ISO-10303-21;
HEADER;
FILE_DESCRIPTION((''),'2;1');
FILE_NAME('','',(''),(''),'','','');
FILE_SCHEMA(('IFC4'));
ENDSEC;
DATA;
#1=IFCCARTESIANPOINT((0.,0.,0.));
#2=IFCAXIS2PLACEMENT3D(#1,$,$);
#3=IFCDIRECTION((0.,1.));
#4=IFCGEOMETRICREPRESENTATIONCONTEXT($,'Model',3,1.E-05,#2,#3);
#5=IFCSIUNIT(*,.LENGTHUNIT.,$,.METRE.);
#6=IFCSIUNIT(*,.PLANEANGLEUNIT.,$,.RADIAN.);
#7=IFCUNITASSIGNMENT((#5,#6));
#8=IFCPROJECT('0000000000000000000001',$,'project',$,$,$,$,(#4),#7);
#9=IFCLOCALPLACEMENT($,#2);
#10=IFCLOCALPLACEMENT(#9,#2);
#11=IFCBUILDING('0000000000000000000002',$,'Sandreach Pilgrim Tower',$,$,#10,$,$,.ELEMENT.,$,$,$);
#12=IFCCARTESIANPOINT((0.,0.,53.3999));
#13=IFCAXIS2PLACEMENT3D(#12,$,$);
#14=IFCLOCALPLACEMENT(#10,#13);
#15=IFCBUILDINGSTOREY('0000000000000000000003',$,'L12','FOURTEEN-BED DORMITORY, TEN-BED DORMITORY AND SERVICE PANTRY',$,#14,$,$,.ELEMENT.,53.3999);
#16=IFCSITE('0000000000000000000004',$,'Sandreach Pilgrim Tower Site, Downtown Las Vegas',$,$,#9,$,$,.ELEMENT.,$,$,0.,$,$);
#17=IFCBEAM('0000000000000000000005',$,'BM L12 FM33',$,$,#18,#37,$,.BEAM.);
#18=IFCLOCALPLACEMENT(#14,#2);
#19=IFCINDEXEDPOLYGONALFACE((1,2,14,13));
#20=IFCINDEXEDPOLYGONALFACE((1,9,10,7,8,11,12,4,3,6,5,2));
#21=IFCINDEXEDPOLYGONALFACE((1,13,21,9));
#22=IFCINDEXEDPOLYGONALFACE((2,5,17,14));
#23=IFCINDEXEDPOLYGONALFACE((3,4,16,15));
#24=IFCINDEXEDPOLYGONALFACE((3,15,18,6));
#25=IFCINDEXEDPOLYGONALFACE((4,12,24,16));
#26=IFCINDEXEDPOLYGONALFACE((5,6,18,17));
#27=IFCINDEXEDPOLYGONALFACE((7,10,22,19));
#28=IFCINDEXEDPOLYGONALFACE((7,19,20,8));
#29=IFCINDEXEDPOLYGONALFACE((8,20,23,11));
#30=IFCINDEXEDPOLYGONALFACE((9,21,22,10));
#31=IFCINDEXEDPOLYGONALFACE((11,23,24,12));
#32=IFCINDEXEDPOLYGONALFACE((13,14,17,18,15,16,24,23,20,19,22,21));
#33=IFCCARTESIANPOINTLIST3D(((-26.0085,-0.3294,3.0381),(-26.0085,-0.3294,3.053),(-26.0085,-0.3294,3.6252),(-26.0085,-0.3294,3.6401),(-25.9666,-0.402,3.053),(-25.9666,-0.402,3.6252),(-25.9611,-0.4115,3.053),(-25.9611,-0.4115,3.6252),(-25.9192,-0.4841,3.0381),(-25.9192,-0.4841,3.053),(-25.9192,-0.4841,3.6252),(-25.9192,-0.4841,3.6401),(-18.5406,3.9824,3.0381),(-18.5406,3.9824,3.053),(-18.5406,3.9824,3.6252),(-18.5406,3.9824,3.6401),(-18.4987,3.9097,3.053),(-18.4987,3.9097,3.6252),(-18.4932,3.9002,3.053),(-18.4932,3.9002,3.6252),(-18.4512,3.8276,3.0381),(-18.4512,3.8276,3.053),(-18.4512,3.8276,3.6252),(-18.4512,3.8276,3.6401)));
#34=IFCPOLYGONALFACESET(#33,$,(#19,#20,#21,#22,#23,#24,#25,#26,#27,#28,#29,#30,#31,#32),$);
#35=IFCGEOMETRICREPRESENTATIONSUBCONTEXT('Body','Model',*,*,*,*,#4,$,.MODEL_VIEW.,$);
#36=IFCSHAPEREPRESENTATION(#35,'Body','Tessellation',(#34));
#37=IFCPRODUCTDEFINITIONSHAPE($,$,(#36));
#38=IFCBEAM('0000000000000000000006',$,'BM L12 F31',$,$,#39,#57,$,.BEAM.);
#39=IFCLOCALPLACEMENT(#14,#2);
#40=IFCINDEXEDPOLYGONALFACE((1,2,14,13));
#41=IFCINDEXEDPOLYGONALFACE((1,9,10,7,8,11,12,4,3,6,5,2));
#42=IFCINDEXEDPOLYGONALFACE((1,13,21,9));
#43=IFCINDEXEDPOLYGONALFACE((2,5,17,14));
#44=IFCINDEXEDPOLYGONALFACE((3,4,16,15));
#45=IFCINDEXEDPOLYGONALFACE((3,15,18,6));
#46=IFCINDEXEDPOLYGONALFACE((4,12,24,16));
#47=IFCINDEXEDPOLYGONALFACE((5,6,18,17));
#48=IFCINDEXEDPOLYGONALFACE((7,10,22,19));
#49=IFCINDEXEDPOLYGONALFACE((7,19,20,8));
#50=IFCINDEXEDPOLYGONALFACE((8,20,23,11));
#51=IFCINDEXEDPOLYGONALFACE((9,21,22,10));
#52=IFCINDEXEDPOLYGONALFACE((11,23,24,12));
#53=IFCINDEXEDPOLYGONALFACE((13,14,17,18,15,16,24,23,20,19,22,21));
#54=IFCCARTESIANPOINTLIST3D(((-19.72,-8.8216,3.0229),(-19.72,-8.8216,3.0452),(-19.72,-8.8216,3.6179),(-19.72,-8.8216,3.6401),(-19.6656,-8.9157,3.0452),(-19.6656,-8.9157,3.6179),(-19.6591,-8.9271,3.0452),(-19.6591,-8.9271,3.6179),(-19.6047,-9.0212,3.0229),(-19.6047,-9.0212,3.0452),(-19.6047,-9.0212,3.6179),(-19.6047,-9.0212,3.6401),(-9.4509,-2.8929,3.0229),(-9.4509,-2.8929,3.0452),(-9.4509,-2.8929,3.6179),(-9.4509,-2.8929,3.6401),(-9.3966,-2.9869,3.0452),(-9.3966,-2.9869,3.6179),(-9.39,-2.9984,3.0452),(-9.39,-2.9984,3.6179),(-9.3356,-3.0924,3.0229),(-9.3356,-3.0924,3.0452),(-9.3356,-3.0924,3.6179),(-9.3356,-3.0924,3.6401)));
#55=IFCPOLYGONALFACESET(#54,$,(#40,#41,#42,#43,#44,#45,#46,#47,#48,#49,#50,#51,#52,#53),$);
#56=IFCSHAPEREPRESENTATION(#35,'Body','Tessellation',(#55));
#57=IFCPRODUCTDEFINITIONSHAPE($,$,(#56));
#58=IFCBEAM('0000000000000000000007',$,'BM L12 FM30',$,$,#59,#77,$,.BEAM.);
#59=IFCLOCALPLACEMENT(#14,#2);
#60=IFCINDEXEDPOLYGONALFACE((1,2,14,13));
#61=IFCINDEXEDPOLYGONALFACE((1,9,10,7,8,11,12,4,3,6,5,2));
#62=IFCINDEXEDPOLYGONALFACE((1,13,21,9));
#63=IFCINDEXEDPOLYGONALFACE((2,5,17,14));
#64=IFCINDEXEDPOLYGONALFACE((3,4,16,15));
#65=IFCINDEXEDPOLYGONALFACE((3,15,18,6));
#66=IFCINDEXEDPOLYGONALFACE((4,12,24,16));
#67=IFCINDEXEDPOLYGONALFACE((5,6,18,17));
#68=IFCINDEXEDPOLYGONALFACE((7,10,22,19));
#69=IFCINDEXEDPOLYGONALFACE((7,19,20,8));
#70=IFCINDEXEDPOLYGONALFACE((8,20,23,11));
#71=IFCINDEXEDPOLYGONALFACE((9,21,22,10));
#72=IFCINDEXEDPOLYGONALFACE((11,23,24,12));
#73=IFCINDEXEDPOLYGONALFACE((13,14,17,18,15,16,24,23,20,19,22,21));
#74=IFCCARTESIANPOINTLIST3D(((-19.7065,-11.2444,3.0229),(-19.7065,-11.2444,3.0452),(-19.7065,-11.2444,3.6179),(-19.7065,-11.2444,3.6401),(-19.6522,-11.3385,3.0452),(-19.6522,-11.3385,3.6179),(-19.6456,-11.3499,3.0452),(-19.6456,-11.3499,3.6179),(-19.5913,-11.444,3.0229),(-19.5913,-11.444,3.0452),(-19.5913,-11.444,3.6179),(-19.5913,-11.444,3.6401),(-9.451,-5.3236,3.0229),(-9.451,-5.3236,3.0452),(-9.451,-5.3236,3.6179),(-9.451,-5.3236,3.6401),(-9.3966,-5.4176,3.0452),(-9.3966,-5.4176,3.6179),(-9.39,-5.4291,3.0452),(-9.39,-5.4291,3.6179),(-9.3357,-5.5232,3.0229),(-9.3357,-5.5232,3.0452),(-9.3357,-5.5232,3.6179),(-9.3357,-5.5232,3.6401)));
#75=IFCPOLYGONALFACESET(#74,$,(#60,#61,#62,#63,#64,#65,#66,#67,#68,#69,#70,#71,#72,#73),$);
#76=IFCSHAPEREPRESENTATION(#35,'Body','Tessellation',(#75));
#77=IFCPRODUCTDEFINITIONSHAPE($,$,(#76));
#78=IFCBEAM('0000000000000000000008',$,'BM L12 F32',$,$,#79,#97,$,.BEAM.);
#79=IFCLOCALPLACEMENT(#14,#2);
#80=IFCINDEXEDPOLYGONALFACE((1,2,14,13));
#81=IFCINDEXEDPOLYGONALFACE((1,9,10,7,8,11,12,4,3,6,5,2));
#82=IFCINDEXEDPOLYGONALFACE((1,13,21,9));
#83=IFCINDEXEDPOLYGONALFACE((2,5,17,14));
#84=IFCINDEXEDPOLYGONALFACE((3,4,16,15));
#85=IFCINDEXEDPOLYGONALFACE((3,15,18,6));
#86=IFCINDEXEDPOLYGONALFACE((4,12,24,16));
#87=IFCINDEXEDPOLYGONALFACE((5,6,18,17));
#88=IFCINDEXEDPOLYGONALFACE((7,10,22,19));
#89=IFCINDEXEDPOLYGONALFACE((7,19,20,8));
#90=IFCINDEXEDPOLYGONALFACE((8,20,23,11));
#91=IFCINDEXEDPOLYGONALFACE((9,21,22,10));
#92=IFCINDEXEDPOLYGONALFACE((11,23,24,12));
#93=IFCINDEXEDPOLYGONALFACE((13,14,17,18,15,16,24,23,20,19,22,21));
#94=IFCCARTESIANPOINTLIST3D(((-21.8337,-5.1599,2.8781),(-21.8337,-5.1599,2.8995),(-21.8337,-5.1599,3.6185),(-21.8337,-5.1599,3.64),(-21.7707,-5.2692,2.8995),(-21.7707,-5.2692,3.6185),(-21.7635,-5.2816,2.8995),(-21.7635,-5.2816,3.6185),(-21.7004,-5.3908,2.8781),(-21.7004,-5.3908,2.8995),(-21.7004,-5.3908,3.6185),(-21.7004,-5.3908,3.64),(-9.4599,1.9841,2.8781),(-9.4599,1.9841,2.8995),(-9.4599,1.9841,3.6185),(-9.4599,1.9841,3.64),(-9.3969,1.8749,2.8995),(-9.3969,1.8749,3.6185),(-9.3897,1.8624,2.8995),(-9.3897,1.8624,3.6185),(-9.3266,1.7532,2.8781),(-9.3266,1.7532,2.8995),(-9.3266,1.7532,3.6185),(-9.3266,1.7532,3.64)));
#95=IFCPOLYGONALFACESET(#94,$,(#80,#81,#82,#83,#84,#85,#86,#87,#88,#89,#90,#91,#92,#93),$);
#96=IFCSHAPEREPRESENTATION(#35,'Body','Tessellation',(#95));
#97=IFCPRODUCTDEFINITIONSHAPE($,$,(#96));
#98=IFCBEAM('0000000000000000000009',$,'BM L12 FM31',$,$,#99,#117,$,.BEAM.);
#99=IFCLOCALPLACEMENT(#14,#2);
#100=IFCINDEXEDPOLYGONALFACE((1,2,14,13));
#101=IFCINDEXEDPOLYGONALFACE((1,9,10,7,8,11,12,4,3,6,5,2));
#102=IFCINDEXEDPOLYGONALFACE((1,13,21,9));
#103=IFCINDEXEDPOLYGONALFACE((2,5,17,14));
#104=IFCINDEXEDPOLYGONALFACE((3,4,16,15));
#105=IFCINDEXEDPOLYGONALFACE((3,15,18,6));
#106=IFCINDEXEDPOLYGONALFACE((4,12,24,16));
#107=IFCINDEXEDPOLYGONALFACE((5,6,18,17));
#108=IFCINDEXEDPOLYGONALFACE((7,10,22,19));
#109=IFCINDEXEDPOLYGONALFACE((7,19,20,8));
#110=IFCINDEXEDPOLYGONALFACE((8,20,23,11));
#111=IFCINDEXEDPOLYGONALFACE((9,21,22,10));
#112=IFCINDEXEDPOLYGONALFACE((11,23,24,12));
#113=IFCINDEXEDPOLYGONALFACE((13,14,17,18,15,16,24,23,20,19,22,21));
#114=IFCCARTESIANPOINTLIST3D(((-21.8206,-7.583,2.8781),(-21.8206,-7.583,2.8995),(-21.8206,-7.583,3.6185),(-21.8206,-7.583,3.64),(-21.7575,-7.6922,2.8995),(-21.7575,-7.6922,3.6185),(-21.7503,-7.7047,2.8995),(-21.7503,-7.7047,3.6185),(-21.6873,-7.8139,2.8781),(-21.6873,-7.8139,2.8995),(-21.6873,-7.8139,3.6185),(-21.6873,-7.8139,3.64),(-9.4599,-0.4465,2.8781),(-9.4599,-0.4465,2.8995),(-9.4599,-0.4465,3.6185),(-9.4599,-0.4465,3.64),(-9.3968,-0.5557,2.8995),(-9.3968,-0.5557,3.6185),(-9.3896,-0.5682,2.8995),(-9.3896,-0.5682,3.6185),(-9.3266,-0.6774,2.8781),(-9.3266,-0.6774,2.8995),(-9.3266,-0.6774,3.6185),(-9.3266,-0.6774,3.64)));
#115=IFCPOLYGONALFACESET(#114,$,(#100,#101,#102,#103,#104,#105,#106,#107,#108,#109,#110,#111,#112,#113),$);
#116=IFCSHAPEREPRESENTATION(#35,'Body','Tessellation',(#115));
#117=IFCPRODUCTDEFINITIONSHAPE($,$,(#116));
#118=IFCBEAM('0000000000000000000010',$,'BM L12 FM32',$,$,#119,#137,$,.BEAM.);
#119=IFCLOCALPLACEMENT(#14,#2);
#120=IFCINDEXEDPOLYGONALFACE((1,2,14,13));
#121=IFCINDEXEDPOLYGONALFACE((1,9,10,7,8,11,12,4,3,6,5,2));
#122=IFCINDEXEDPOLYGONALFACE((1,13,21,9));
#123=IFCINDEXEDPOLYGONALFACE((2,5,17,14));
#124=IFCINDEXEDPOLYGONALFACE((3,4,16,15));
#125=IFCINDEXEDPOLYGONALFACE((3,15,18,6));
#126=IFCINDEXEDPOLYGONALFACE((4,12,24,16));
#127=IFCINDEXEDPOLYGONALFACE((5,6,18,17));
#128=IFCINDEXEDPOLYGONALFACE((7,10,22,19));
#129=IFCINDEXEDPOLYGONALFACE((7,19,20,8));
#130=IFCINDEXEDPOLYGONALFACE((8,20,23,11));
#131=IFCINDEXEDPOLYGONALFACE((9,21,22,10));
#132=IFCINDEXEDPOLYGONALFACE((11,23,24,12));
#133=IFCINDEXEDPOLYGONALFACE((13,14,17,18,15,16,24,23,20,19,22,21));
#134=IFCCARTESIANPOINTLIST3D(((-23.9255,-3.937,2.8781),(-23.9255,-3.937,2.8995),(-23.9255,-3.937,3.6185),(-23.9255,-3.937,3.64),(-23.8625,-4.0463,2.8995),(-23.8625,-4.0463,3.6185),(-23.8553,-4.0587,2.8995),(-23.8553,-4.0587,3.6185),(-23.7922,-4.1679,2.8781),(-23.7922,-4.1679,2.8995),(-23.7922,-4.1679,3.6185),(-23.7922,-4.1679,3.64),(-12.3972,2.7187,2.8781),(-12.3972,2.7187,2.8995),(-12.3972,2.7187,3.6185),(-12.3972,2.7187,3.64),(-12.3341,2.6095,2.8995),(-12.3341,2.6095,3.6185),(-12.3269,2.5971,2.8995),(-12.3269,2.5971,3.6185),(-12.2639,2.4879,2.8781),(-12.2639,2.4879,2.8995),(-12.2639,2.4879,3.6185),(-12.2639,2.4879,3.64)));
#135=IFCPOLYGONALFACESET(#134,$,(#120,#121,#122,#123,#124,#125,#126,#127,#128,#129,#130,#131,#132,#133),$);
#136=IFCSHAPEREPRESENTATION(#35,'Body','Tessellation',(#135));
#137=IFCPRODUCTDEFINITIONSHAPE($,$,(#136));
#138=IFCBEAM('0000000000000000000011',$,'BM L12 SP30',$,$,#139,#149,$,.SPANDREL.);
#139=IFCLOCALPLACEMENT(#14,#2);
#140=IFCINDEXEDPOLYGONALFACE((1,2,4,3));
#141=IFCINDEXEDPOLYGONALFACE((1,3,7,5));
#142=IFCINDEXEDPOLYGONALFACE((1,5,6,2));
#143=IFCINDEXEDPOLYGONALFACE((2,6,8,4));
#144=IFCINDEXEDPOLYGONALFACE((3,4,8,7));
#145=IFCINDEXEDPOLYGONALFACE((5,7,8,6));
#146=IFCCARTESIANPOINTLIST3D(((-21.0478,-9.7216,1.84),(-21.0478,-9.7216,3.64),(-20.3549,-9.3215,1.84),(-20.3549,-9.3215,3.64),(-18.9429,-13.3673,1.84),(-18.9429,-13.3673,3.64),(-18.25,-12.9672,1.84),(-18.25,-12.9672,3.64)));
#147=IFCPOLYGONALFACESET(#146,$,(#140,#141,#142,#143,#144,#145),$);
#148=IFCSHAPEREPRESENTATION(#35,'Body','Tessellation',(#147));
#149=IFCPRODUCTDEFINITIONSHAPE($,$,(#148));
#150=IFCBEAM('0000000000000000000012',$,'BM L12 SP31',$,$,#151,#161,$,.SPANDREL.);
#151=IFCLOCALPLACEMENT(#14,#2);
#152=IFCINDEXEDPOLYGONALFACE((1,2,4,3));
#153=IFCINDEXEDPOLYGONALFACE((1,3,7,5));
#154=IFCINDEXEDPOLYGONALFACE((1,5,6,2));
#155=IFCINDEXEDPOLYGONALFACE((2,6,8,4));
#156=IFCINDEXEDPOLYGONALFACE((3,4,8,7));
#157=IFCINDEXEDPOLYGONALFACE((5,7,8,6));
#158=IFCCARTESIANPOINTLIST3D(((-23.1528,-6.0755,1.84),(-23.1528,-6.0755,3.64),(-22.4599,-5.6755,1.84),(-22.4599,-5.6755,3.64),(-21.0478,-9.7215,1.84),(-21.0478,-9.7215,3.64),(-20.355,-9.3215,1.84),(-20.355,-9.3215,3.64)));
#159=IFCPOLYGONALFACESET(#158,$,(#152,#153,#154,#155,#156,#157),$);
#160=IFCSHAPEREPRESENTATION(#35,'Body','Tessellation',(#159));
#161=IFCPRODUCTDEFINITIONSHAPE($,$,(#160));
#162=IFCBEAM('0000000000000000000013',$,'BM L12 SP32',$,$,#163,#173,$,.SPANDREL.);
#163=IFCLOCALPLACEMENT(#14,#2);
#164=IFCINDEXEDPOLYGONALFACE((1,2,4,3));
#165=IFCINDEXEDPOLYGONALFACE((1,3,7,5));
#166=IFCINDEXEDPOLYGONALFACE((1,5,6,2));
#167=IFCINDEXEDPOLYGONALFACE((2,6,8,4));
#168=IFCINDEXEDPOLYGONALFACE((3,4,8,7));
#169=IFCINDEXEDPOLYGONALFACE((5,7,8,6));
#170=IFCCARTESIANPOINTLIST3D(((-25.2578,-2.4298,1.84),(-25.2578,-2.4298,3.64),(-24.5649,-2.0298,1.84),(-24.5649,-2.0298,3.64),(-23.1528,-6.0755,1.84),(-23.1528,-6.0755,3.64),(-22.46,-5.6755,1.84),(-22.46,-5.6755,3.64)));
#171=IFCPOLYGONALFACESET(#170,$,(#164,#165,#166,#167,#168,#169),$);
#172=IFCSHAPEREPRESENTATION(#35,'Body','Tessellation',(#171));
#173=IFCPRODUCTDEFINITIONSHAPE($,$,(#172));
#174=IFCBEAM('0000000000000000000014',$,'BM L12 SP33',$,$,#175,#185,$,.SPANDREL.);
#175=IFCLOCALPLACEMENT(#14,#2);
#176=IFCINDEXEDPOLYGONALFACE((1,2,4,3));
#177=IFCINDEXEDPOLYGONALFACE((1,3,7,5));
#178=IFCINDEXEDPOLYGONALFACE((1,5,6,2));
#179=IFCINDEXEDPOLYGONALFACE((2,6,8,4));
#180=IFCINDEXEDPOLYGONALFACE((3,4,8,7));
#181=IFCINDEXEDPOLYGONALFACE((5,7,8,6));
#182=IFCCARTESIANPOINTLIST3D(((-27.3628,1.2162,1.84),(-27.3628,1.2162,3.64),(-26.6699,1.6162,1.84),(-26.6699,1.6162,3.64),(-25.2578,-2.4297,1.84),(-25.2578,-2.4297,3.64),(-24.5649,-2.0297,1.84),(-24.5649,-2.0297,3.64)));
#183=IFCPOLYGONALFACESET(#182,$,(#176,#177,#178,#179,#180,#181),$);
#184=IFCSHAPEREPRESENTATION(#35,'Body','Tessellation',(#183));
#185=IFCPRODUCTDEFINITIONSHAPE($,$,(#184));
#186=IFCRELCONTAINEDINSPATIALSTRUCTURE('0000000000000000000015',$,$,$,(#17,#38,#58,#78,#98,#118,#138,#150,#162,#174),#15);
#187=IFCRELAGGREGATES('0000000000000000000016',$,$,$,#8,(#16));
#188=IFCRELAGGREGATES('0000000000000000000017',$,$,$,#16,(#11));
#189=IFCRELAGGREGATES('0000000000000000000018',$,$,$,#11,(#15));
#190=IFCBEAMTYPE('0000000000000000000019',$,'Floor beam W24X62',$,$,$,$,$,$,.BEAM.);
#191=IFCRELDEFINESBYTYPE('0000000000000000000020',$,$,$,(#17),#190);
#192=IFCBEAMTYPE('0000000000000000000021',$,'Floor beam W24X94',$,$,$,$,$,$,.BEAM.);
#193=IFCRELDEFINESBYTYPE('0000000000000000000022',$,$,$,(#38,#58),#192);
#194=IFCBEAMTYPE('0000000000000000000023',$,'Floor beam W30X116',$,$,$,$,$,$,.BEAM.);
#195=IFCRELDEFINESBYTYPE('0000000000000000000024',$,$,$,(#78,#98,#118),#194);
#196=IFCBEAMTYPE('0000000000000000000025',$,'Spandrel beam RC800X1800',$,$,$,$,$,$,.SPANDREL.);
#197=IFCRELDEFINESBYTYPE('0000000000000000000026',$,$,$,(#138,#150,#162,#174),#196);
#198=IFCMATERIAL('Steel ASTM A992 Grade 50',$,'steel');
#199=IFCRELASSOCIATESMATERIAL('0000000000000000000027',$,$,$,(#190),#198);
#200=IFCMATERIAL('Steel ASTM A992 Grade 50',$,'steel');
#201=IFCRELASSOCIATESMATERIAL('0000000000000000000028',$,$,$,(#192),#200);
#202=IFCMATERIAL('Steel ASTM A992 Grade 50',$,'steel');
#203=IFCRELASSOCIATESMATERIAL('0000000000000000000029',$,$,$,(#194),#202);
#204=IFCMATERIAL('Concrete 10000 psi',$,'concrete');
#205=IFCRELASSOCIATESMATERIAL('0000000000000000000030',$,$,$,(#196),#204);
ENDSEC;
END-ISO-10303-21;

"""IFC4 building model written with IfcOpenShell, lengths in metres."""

from ifc_helpers import new_model, si_unit, direction, frame, origin, origin_2d, place, context, subcontext, project, spatial, rectangle, i_section, extrude, material, material_profile, profile_set, type_object, element, save


model = new_model("IFC4")

# Units and contexts
model_context = context("Model", 3, precision=1e-05, world=origin(), true_north=direction((0.0, 1.0)))
body_context = subcontext(model_context, "Body", "Model", "MODEL_VIEW")
ifc_project = project(units=[si_unit("LENGTHUNIT", "METRE"), si_unit("PLANEANGLEUNIT", "RADIAN")], contexts=[model_context])

# Site, building, storey
site_placement = place(None, origin())
site = spatial("IfcSite", under=ifc_project, at=site_placement, Name="Sandreach Pilgrim Tower Site, Downtown Las Vegas", CompositionType="ELEMENT", RefElevation=0.0)
building_placement = place(site_placement, origin())
building = spatial("IfcBuilding", under=site, at=building_placement, Name="Sandreach Pilgrim Tower", CompositionType="ELEMENT")
storey_placement = place(building_placement, frame((0.0, 0.0, 53.3999)))
storey = spatial("IfcBuildingStorey", under=building, at=storey_placement, Name="L12", Description="FOURTEEN-BED DORMITORY, TEN-BED DORMITORY AND SERVICE PANTRY", CompositionType="ELEMENT", Elevation=53.3999)

# Beams
ifc_material_1 = material(Name="Steel ASTM A992 Grade 50", Category="steel")
ifc_material_profile_1 = material_profile(ifc_material_1, i_section(OverallWidth=0.1787, OverallDepth=0.6021, WebThickness=0.011, FlangeThickness=0.0149, at=origin_2d()), Name="W24X62")
ifc_profile_set_1 = profile_set([ifc_material_profile_1], Name="Steel ASTM A992 Grade 50")
beam_type_1 = type_object("IfcBeamType", Name="Floor beam W24X62", PredefinedType="BEAM", material=ifc_profile_set_1)
beam_1_placement = place(storey_placement, frame((-25.9639, -0.4067, 3.3391), z_axis=(0.86602, 0.500009, 0.0), x_axis=(-0.500009, 0.86602, 0.0)))
element("IfcBeam", 1, at=beam_1_placement, inside=storey, type_object=beam_type_1, Name="BM L12 FM33", PredefinedType="BEAM", context=body_context, shape_type="SweptSolid", body=[
    extrude(i_section(OverallWidth=0.1787, OverallDepth=0.6021, WebThickness=0.011, FlangeThickness=0.0149, at=origin_2d()), origin(), (0.0, 0.0, 1.0), 8.6233),
])
ifc_material_2 = material(Name="Steel ASTM A992 Grade 50", Category="steel")
ifc_material_profile_2 = material_profile(ifc_material_2, i_section(OverallWidth=0.2305, OverallDepth=0.6172, WebThickness=0.0132, FlangeThickness=0.0222, at=origin_2d()), Name="W24X94")
ifc_profile_set_2 = profile_set([ifc_material_profile_2], Name="Steel ASTM A992 Grade 50")
beam_type_2 = type_object("IfcBeamType", Name="Floor beam W24X94", PredefinedType="BEAM", material=ifc_profile_set_2)
beam_2_placement = place(storey_placement, frame((-19.6624, -8.9214, 3.3315), z_axis=(0.86603, 0.499992, 0.0), x_axis=(-0.499992, 0.86603, 0.0)))
element("IfcBeam", 2, at=beam_2_placement, inside=storey, type_object=beam_type_2, Name="BM L12 F31", PredefinedType="BEAM", context=body_context, shape_type="SweptSolid", body=[
    extrude(i_section(OverallWidth=0.2305, OverallDepth=0.6172, WebThickness=0.0132, FlangeThickness=0.0222, at=origin_2d()), origin(), (0.0, 0.0, 1.0), 11.8577),
])
beam_3_placement = place(storey_placement, frame((-19.6489, -11.3442, 3.3315), z_axis=(0.866032, 0.499988, 0.0), x_axis=(-0.499988, 0.866032, 0.0)))
element("IfcBeam", 3, at=beam_3_placement, inside=storey, type_object=beam_type_2, Name="BM L12 FM30", PredefinedType="BEAM", context=body_context, shape_type="SweptSolid", body=[
    extrude(i_section(OverallWidth=0.2305, OverallDepth=0.6172, WebThickness=0.0132, FlangeThickness=0.0222, at=origin_2d()), origin(), (0.0, 0.0, 1.0), 11.842),
])
ifc_material_3 = material(Name="Steel ASTM A992 Grade 50", Category="steel")
ifc_material_profile_3 = material_profile(ifc_material_3, i_section(OverallWidth=0.2666, OverallDepth=0.762, WebThickness=0.0144, FlangeThickness=0.0215, at=origin_2d()), Name="W30X116")
ifc_profile_set_3 = profile_set([ifc_material_profile_3], Name="Steel ASTM A992 Grade 50")
beam_type_3 = type_object("IfcBeamType", Name="Floor beam W30X116", PredefinedType="BEAM", material=ifc_profile_set_3)
beam_4_placement = place(storey_placement, frame((-21.7671, -5.2754, 3.259), z_axis=(0.866024, 0.500002, 0.0), x_axis=(-0.500002, 0.866024, 0.0)))
element("IfcBeam", 4, at=beam_4_placement, inside=storey, type_object=beam_type_3, Name="BM L12 F32", PredefinedType="BEAM", context=body_context, shape_type="SweptSolid", body=[
    extrude(i_section(OverallWidth=0.2666, OverallDepth=0.762, WebThickness=0.0144, FlangeThickness=0.0215, at=origin_2d()), origin(), (0.0, 0.0, 1.0), 14.2881),
])
beam_5_placement = place(storey_placement, frame((-21.7539, -7.6985, 3.259), z_axis=(0.866023, 0.500004, 0.0), x_axis=(-0.500004, 0.866023, 0.0)))
element("IfcBeam", 5, at=beam_5_placement, inside=storey, type_object=beam_type_3, Name="BM L12 FM31", PredefinedType="BEAM", context=body_context, shape_type="SweptSolid", body=[
    extrude(i_section(OverallWidth=0.2666, OverallDepth=0.762, WebThickness=0.0144, FlangeThickness=0.0215, at=origin_2d()), origin(), (0.0, 0.0, 1.0), 14.2729),
])
beam_6_placement = place(storey_placement, frame((-23.8589, -4.0525, 3.259), z_axis=(0.866029, 0.499993, 0.0), x_axis=(-0.499993, 0.866029, 0.0)))
element("IfcBeam", 6, at=beam_6_placement, inside=storey, type_object=beam_type_3, Name="BM L12 FM32", PredefinedType="BEAM", context=body_context, shape_type="SweptSolid", body=[
    extrude(i_section(OverallWidth=0.2666, OverallDepth=0.762, WebThickness=0.0144, FlangeThickness=0.0215, at=origin_2d()), origin(), (0.0, 0.0, 1.0), 13.3118),
])
ifc_material_4 = material(Name="Concrete 10000 psi", Category="concrete")
ifc_material_profile_4 = material_profile(ifc_material_4, rectangle(XDim=0.8, YDim=1.8, at=origin_2d()), Name="RC800X1800")
ifc_profile_set_4 = profile_set([ifc_material_profile_4], Name="Concrete 10000 psi")
beam_type_4 = type_object("IfcBeamType", Name="Spandrel beam RC800X1800", PredefinedType="SPANDREL", material=ifc_profile_set_4)
beam_7_placement = place(storey_placement, frame((-18.5964, -13.1672, 2.74), z_axis=(-0.500019, 0.866015, 0.0), x_axis=(-0.866015, -0.500019, 0.0)))
element("IfcBeam", 7, at=beam_7_placement, inside=storey, type_object=beam_type_4, Name="BM L12 SP30", PredefinedType="SPANDREL", context=body_context, shape_type="SweptSolid", body=[
    extrude(rectangle(XDim=0.8, YDim=1.8, at=origin_2d()), origin(), (0.0, 0.0, 1.0), 4.2097),
])
beam_8_placement = place(storey_placement, frame((-20.7014, -9.5215, 2.74), z_axis=(-0.499994, 0.866029, 0.0), x_axis=(-0.866029, -0.499994, 0.0)))
element("IfcBeam", 8, at=beam_8_placement, inside=storey, type_object=beam_type_4, Name="BM L12 SP31", PredefinedType="SPANDREL", context=body_context, shape_type="SweptSolid", body=[
    extrude(rectangle(XDim=0.8, YDim=1.8, at=origin_2d()), origin(), (0.0, 0.0, 1.0), 4.21),
])
beam_9_placement = place(storey_placement, frame((-22.8064, -5.8755, 2.74), z_axis=(-0.500019, 0.866015, 0.0), x_axis=(-0.866015, -0.500019, 0.0)))
element("IfcBeam", 9, at=beam_9_placement, inside=storey, type_object=beam_type_4, Name="BM L12 SP32", PredefinedType="SPANDREL", context=body_context, shape_type="SweptSolid", body=[
    extrude(rectangle(XDim=0.8, YDim=1.8, at=origin_2d()), origin(), (0.0, 0.0, 1.0), 4.2097),
])
beam_10_placement = place(storey_placement, frame((-24.9114, -2.2297, 2.74), z_axis=(-0.499994, 0.866029, 0.0), x_axis=(-0.866029, -0.499994, 0.0)))
element("IfcBeam", 10, at=beam_10_placement, inside=storey, type_object=beam_type_4, Name="BM L12 SP33", PredefinedType="SPANDREL", context=body_context, shape_type="SweptSolid", body=[
    extrude(rectangle(XDim=0.8, YDim=1.8, at=origin_2d()), origin(), (0.0, 0.0, 1.0), 4.21),
])

save(model, "model.ifc")
